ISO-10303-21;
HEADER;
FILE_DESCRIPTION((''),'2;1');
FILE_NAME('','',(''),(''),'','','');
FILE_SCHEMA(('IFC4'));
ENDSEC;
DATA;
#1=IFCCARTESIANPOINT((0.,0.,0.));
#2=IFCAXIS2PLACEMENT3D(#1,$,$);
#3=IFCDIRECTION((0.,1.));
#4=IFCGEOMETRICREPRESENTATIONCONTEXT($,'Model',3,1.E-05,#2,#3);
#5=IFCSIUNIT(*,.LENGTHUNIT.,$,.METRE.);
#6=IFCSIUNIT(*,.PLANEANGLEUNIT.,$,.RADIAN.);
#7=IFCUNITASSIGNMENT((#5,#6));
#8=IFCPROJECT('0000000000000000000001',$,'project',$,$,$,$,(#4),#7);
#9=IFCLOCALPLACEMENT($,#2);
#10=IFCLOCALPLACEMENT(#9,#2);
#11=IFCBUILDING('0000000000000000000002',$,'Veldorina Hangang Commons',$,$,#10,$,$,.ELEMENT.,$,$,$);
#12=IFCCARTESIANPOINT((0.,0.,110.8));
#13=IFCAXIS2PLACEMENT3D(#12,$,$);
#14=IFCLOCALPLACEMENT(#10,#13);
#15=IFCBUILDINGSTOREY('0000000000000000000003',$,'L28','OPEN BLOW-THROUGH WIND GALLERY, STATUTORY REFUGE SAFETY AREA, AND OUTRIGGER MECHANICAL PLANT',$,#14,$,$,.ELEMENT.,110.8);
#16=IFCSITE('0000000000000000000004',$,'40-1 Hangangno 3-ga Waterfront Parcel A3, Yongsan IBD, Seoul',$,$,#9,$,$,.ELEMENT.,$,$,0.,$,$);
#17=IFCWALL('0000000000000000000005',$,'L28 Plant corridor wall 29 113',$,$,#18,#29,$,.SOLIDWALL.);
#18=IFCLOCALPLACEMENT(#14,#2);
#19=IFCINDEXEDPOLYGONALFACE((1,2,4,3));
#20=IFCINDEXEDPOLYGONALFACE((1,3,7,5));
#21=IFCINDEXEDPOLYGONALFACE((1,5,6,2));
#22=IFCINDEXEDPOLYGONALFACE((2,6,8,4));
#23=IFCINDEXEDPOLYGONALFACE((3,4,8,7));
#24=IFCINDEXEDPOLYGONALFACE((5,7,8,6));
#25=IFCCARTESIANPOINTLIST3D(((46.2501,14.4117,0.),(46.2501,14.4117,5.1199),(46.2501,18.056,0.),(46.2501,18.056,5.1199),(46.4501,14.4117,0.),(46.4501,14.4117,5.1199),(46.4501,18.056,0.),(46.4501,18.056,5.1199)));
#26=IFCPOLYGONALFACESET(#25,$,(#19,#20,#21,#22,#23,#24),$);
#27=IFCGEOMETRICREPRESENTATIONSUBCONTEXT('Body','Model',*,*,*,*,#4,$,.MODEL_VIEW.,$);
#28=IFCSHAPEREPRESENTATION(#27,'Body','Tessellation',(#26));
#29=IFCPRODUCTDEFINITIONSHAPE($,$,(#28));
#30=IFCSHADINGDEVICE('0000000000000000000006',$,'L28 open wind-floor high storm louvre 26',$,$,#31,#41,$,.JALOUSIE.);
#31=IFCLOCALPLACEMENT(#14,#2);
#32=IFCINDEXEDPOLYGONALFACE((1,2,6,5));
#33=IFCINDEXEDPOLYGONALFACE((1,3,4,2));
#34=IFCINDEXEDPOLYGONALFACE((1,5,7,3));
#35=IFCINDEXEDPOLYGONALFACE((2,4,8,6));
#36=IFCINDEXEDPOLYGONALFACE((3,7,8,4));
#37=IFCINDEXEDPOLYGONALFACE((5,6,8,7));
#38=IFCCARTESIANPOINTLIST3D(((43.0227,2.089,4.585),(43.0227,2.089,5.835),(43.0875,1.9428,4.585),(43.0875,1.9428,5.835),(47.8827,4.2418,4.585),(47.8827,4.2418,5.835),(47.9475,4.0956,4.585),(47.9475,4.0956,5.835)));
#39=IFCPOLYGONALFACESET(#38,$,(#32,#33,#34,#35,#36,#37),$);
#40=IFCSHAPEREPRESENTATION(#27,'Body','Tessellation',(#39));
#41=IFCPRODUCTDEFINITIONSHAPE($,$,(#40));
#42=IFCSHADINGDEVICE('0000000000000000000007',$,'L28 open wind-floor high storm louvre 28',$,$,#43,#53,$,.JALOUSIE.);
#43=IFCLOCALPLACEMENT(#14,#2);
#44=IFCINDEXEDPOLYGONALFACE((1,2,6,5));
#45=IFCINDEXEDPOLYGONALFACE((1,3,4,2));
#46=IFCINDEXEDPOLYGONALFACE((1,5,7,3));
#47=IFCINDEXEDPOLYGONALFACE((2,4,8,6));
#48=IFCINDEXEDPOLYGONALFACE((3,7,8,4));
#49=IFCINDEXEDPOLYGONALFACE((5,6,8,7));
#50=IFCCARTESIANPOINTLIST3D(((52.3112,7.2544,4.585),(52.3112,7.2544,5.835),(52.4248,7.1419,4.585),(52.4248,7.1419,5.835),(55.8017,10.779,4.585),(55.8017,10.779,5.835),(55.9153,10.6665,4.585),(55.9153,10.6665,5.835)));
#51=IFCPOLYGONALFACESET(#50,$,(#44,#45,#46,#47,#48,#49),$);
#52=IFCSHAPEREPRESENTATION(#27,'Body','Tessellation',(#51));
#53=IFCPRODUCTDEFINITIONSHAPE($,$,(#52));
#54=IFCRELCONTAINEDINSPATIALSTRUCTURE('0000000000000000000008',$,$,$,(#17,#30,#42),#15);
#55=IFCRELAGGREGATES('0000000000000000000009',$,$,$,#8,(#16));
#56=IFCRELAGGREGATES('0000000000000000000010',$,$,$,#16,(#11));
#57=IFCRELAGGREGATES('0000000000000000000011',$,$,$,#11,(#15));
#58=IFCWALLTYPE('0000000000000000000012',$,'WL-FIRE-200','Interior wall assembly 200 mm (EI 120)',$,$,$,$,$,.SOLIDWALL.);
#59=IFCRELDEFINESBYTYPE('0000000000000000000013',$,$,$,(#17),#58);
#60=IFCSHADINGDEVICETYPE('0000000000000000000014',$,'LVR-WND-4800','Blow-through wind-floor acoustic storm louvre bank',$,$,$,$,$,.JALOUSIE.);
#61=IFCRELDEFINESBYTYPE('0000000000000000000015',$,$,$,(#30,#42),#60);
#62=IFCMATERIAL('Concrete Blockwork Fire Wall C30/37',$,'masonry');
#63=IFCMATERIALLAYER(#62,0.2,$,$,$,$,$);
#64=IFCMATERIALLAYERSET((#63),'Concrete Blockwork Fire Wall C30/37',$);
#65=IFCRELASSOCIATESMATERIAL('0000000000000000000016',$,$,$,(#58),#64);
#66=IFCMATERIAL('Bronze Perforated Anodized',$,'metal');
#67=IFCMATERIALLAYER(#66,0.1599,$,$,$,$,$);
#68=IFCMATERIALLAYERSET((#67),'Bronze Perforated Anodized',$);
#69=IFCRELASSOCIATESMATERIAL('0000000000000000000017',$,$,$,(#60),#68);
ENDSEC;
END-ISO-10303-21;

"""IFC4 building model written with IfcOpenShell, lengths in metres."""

from ifc_helpers import new_model, si_unit, direction, frame, frame_2d, origin, origin_2d, place, context, subcontext, project, spatial, rectangle, extrude, material, layer, layer_set, type_object, element, save


model = new_model("IFC4")

# Units and contexts
model_context = context("Model", 3, precision=1e-05, world=origin(), true_north=direction((0.0, 1.0)))
body_context = subcontext(model_context, "Body", "Model", "MODEL_VIEW")
ifc_project = project(units=[si_unit("LENGTHUNIT", "METRE"), si_unit("PLANEANGLEUNIT", "RADIAN")], contexts=[model_context])

# Site, building, storey
site_placement = place(None, origin())
site = spatial("IfcSite", under=ifc_project, at=site_placement, Name="40-1 Hangangno 3-ga Waterfront Parcel A3, Yongsan IBD, Seoul", CompositionType="ELEMENT", RefElevation=0.0)
building_placement = place(site_placement, origin())
building = spatial("IfcBuilding", under=site, at=building_placement, Name="Veldorina Hangang Commons", CompositionType="ELEMENT")
storey_placement = place(building_placement, frame((0.0, 0.0, 110.8)))
storey = spatial("IfcBuildingStorey", under=building, at=storey_placement, Name="L28", Description="OPEN BLOW-THROUGH WIND GALLERY, STATUTORY REFUGE SAFETY AREA, AND OUTRIGGER MECHANICAL PLANT", CompositionType="ELEMENT", Elevation=110.8)

# Wall
ifc_material_1 = material(Name="Concrete Blockwork Fire Wall C30/37", Category="masonry")
ifc_layer_1 = layer(ifc_material_1, 0.2)
ifc_layer_set_1 = layer_set([ifc_layer_1], Name="Concrete Blockwork Fire Wall C30/37")
wall_type = type_object("IfcWallType", Name="WL-FIRE-200", Description="Interior wall assembly 200 mm (EI 120)", PredefinedType="SOLIDWALL", material=ifc_layer_set_1)
wall_1_placement = place(storey_placement, frame((46.3501, 14.4116, 0.0), z_axis=(0.0, 0.0, 1.0), x_axis=(0.0, 1.0, 0.0)))
element("IfcWall", 1, at=wall_1_placement, inside=storey, type_object=wall_type, Name="L28 Plant corridor wall 29 113", PredefinedType="SOLIDWALL", context=body_context, shape_type="SweptSolid", body=[
    extrude(rectangle(XDim=3.6443, YDim=0.2, at=frame_2d((1.8223, 0.0))), origin(), (0.0, 0.0, 1.0), 5.1199),
])

# Shading devices
ifc_material_2 = material(Name="Bronze Perforated Anodized", Category="metal")
ifc_layer_2 = layer(ifc_material_2, 0.1599)
ifc_layer_set_2 = layer_set([ifc_layer_2], Name="Bronze Perforated Anodized")
shading_device_type = type_object("IfcShadingDeviceType", Name="LVR-WND-4800", Description="Blow-through wind-floor acoustic storm louvre bank", PredefinedType="JALOUSIE", material=ifc_layer_set_2)
shading_device_1_placement = place(storey_placement, frame((45.4851, 3.0923, 4.585), z_axis=(0.0, 0.0, 1.0), x_axis=(0.914311, 0.405014, 0.0)))
element("IfcShadingDevice", 2, at=shading_device_1_placement, inside=storey, type_object=shading_device_type, Name="L28 open wind-floor high storm louvre 26", PredefinedType="JALOUSIE", context=body_context, shape_type="SweptSolid", body=[
    extrude(rectangle(XDim=5.3154, YDim=0.1599, at=origin_2d()), origin(), (0.0, 0.0, 1.0), 1.25),
])
shading_device_2_placement = place(storey_placement, frame((54.1133, 8.9604, 4.585), z_axis=(0.0, 0.0, 1.0), x_axis=(0.703668, 0.710529, 0.0)))
element("IfcShadingDevice", 3, at=shading_device_2_placement, inside=storey, type_object=shading_device_type, Name="L28 open wind-floor high storm louvre 28", PredefinedType="JALOUSIE", context=body_context, shape_type="SweptSolid", body=[
    extrude(rectangle(XDim=4.9604, YDim=0.1599, at=origin_2d()), origin(), (0.0, 0.0, 1.0), 1.25),
])

save(model, "model.ifc")
